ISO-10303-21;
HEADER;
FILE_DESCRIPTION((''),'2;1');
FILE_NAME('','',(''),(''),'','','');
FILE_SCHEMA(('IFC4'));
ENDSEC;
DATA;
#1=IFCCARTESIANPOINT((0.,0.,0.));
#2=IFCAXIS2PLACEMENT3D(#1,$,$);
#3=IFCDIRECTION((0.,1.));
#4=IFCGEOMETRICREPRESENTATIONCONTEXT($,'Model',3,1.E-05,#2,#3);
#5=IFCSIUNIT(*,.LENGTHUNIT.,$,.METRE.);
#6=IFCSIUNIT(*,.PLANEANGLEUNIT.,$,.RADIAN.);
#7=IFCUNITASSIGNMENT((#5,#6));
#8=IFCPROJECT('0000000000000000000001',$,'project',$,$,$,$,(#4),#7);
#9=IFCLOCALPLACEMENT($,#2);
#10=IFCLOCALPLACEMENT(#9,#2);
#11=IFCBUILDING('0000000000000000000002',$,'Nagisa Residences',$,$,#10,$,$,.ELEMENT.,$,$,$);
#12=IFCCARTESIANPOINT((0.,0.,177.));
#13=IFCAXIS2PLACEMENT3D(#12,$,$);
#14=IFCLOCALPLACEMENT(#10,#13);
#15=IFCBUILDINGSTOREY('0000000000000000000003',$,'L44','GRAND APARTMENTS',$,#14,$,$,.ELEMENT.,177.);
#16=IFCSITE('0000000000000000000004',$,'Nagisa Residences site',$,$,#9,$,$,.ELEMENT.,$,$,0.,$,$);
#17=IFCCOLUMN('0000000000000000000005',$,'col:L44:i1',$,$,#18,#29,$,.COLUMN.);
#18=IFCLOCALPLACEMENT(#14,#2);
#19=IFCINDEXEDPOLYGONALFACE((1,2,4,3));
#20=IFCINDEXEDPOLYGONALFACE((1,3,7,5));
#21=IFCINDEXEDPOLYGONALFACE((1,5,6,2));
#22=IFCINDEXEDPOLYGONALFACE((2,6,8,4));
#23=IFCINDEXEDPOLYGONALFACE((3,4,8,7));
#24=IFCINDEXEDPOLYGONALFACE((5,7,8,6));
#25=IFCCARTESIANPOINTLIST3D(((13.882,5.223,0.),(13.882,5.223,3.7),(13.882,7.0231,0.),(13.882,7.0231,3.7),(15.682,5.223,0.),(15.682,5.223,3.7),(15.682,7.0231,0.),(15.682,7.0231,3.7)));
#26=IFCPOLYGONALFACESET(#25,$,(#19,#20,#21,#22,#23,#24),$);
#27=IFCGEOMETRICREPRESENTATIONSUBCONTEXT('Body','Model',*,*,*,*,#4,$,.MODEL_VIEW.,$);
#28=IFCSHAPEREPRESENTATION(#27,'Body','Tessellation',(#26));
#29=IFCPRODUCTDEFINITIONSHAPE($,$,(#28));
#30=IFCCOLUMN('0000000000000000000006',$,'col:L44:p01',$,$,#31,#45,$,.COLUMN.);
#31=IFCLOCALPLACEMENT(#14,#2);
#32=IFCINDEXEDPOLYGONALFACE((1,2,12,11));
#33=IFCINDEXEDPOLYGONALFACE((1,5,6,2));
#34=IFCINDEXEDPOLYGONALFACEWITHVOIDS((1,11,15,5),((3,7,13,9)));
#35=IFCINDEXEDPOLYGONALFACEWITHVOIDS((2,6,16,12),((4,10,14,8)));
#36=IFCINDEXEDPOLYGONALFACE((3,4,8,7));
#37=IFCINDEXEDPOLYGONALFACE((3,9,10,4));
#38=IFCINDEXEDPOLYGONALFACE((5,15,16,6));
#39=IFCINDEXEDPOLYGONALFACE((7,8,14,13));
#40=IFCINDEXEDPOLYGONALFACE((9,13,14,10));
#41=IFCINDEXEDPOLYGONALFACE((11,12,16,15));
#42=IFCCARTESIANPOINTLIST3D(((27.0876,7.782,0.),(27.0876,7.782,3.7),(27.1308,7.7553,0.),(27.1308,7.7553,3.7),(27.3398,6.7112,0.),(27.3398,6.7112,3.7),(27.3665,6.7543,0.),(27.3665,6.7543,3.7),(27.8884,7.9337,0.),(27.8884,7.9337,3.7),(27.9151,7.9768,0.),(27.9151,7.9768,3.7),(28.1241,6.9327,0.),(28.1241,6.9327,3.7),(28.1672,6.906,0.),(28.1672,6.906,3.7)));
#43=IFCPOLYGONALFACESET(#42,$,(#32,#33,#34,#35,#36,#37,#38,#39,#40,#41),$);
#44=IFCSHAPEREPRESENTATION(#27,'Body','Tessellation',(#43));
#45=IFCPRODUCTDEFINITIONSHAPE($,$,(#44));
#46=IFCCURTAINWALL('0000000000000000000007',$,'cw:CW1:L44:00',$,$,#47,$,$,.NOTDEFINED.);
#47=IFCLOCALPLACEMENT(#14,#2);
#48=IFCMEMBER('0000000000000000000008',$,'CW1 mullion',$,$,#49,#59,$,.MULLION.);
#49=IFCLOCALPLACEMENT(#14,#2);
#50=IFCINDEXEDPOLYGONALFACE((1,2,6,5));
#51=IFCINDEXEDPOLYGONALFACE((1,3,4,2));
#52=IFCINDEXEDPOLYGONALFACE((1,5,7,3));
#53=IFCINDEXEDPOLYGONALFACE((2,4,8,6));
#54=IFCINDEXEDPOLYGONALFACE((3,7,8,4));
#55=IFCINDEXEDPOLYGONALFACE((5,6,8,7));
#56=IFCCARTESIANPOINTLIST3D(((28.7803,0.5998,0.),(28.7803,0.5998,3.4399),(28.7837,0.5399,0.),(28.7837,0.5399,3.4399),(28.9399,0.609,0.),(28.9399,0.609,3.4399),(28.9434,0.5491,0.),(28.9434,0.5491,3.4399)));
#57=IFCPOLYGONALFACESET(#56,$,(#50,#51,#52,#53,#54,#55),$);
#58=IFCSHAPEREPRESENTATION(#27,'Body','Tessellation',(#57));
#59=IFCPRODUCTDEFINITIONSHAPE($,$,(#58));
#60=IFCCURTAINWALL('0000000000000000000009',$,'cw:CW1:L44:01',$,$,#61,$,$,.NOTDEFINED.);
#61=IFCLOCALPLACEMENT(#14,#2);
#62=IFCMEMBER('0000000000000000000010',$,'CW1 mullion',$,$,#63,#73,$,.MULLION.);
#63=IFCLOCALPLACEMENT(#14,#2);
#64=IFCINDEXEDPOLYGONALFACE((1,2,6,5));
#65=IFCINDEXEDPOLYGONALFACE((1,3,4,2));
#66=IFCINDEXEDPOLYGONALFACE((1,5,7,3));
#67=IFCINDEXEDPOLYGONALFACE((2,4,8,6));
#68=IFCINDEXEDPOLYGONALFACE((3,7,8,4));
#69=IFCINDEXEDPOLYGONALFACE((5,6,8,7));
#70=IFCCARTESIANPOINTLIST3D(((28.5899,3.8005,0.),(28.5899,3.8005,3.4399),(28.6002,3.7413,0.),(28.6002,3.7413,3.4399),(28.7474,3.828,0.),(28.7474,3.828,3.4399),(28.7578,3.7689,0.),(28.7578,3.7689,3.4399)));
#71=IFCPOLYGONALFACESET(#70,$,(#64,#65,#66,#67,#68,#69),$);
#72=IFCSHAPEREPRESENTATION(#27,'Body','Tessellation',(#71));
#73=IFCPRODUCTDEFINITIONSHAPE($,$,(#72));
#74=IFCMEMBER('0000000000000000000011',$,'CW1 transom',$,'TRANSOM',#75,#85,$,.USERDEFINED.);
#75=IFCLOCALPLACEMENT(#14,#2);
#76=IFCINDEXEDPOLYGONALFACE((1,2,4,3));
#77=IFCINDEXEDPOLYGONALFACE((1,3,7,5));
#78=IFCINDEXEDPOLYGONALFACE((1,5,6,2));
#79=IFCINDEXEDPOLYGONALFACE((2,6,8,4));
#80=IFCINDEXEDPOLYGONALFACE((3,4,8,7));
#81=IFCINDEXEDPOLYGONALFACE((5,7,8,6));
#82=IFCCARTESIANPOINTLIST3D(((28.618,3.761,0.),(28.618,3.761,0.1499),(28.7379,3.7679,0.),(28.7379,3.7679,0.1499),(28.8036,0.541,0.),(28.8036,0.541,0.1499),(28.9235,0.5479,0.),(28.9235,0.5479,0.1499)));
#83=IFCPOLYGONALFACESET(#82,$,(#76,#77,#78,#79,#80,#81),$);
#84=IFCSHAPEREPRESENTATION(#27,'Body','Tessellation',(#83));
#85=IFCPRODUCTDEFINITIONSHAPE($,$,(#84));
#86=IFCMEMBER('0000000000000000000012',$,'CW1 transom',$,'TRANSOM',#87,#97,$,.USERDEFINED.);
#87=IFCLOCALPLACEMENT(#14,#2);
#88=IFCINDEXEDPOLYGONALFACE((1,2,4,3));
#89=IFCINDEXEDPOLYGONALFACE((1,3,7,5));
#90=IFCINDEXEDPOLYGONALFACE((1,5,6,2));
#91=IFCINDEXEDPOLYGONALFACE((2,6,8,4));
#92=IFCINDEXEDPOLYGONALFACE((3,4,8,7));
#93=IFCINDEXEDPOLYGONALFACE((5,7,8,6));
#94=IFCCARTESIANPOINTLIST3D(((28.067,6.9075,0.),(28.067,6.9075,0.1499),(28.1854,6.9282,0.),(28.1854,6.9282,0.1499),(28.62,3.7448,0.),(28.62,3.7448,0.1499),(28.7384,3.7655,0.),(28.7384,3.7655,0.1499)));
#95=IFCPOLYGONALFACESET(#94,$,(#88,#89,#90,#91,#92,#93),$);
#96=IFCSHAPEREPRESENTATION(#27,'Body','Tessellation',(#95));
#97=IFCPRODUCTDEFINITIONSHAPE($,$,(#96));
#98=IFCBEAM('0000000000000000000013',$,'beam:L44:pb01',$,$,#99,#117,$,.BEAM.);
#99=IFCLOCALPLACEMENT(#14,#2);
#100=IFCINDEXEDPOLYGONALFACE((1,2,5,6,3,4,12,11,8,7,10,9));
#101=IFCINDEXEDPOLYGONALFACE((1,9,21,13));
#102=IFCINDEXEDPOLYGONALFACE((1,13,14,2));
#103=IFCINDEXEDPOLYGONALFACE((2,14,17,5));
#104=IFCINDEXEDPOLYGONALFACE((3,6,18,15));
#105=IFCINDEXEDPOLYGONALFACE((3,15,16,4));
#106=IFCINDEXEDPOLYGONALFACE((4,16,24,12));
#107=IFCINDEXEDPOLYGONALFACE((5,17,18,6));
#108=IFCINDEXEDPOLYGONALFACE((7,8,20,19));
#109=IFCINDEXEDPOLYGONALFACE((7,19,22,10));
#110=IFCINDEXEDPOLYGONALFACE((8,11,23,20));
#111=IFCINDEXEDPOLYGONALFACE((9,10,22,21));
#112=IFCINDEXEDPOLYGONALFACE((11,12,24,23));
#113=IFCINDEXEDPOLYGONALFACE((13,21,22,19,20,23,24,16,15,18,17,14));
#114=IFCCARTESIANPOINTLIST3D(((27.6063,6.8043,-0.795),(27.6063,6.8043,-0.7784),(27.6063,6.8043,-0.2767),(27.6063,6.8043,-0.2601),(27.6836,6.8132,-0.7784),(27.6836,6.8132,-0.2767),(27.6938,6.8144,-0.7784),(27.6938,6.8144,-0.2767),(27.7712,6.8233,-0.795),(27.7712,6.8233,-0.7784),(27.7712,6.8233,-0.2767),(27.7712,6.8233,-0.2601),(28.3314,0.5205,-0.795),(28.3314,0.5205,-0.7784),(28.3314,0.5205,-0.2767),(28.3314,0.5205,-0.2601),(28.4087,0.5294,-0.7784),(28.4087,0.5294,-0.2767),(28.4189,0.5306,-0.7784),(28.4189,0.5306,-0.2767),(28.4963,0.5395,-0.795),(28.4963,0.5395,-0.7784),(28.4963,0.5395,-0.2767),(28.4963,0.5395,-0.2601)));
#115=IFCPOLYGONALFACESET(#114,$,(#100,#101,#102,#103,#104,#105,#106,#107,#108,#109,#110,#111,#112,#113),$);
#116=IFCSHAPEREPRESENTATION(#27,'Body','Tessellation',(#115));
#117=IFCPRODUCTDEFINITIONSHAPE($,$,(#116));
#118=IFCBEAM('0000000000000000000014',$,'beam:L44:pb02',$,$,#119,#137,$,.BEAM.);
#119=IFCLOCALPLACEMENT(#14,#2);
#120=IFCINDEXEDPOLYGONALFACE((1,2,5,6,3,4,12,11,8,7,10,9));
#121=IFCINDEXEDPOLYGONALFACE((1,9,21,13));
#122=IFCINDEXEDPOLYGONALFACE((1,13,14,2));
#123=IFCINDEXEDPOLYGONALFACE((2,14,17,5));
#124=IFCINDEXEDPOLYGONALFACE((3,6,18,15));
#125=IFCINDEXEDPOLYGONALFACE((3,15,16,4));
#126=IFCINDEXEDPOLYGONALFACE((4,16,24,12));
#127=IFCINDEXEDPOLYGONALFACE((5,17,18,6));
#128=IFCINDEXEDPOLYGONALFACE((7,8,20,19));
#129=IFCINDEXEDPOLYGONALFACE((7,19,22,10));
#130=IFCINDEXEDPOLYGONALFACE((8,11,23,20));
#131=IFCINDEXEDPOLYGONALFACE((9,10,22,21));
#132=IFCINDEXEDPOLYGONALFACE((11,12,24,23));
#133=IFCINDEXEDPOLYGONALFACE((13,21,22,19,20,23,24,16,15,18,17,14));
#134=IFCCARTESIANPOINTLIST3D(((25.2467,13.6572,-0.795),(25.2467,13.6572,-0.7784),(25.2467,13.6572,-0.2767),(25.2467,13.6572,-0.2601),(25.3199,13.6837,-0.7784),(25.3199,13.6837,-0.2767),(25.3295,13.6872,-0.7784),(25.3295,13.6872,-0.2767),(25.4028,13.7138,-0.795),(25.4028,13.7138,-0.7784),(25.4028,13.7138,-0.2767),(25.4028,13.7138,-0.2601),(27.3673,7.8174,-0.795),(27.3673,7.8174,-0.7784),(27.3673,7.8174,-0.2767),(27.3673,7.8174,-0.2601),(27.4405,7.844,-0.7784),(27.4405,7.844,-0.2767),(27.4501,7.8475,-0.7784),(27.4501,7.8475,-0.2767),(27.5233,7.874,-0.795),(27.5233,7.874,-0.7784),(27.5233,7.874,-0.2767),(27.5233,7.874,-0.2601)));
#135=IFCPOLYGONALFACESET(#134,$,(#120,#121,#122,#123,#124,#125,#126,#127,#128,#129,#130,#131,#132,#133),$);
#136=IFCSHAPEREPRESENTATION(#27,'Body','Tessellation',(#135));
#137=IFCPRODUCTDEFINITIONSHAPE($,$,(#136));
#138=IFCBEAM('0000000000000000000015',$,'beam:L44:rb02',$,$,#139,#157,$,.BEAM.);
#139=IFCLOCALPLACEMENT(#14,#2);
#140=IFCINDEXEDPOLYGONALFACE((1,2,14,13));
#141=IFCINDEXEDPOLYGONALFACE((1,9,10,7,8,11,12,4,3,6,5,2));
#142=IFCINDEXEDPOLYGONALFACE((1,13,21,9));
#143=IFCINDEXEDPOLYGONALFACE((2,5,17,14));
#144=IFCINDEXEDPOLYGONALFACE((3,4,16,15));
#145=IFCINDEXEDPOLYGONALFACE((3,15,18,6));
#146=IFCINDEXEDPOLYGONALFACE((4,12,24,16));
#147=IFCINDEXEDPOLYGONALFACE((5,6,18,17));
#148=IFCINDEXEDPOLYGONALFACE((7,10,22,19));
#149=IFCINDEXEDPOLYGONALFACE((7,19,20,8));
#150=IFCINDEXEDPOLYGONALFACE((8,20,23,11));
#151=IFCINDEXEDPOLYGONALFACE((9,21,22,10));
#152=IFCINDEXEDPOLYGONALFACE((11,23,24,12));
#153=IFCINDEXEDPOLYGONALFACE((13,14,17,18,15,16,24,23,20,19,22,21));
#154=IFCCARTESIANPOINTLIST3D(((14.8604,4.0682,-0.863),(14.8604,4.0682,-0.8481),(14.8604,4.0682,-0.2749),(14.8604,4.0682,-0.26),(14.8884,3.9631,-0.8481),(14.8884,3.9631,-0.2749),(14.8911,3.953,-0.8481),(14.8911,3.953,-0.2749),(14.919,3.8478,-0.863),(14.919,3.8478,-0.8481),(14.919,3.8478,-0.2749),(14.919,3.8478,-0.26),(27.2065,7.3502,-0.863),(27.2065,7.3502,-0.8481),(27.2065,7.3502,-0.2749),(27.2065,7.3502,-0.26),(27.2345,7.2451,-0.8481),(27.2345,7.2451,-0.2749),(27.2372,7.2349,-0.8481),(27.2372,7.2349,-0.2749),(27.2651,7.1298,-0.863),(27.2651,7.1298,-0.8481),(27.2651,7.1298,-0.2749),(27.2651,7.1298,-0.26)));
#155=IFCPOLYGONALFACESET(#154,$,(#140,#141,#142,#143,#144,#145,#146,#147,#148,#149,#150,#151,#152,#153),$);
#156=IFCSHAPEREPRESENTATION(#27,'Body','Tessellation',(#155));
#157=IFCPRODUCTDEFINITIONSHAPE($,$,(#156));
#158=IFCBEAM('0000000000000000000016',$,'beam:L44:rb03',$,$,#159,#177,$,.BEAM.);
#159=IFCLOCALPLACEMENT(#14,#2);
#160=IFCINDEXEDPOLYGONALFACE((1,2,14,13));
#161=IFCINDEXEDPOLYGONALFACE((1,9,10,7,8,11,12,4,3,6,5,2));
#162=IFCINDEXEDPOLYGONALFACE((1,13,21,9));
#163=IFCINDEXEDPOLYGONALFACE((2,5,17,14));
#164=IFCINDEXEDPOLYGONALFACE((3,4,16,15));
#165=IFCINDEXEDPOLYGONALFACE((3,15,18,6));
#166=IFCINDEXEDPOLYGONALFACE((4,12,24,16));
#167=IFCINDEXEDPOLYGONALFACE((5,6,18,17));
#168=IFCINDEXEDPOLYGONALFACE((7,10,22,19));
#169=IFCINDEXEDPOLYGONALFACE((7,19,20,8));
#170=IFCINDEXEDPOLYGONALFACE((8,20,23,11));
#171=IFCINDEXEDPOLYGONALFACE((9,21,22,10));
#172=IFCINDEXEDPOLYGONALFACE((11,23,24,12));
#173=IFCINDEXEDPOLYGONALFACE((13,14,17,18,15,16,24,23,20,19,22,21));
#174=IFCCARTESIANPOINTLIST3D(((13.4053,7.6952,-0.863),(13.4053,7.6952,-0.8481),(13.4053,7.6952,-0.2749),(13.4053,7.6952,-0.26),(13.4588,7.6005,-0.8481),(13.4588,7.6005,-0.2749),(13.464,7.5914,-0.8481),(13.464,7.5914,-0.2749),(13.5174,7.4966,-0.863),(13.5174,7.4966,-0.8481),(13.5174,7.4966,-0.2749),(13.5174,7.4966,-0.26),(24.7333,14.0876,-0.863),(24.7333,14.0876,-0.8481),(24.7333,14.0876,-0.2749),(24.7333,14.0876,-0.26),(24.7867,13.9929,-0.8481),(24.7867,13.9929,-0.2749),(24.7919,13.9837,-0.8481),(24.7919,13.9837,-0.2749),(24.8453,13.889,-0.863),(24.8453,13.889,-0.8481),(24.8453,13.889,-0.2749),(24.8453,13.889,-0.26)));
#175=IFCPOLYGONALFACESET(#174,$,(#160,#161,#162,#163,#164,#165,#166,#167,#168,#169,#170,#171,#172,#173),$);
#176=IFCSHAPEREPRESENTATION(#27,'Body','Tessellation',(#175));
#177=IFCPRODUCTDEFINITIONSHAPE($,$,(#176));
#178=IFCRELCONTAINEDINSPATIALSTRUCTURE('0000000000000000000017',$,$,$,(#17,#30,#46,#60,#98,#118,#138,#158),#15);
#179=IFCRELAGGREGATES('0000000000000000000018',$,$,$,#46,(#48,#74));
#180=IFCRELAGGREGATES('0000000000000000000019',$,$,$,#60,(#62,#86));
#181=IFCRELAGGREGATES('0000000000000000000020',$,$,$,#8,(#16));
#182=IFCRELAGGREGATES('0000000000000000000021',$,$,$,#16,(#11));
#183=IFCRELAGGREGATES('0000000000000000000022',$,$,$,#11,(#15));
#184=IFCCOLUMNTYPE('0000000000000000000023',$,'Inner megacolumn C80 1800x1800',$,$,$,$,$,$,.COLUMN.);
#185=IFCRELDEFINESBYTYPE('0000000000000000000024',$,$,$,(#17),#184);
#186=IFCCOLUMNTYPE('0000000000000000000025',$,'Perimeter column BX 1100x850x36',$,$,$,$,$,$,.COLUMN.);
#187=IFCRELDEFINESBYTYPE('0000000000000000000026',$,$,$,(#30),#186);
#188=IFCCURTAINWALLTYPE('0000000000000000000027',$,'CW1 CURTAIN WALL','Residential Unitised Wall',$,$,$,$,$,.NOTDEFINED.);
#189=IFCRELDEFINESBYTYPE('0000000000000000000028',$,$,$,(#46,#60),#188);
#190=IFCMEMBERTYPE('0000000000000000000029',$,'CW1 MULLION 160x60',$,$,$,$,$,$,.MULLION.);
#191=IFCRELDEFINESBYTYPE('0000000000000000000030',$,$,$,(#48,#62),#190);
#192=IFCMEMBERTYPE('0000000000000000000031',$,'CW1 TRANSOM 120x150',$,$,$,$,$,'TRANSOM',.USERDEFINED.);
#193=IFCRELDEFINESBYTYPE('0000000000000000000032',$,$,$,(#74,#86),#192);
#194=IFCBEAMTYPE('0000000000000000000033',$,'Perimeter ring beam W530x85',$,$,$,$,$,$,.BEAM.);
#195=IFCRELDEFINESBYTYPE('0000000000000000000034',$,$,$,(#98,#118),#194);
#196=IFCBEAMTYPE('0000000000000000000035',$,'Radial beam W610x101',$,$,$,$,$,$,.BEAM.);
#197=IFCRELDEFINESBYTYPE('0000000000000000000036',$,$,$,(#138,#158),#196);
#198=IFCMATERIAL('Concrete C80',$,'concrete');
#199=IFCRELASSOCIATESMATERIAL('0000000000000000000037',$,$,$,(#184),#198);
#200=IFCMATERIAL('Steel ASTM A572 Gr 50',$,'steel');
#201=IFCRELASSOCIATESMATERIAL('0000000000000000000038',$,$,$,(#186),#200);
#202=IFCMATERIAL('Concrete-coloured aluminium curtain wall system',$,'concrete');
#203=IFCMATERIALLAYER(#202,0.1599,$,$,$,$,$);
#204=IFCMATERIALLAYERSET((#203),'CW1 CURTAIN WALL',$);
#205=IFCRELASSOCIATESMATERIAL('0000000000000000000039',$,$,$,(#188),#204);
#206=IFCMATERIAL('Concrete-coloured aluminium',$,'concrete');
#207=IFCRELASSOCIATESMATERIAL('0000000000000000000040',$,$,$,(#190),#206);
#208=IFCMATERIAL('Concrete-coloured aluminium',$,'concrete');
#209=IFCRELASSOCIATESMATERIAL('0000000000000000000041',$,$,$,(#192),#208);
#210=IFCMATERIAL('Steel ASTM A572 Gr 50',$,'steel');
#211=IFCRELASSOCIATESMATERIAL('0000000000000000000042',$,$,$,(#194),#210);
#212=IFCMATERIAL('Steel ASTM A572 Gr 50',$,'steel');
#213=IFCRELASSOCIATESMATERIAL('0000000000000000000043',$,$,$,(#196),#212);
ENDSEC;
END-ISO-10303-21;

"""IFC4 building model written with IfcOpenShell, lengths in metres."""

from ifc_helpers import new_model, si_unit, direction, frame, origin, origin_2d, place, context, subcontext, project, spatial, rectangle, hollow_rectangle, i_section, extrude, material, layer, layer_set, material_profile, profile_set, type_object, element, aggregate, save


model = new_model("IFC4")

# Units and contexts
model_context = context("Model", 3, precision=1e-05, world=origin(), true_north=direction((0.0, 1.0)))
body_context = subcontext(model_context, "Body", "Model", "MODEL_VIEW")
ifc_project = project(units=[si_unit("LENGTHUNIT", "METRE"), si_unit("PLANEANGLEUNIT", "RADIAN")], contexts=[model_context])

# Site, building, storey
site_placement = place(None, origin())
site = spatial("IfcSite", under=ifc_project, at=site_placement, Name="Nagisa Residences site", CompositionType="ELEMENT", RefElevation=0.0)
building_placement = place(site_placement, origin())
building = spatial("IfcBuilding", under=site, at=building_placement, Name="Nagisa Residences", CompositionType="ELEMENT")
storey_placement = place(building_placement, frame((0.0, 0.0, 177.0)))
storey = spatial("IfcBuildingStorey", under=building, at=storey_placement, Name="L44", Description="GRAND APARTMENTS", CompositionType="ELEMENT", Elevation=177.0)

# Columns
ifc_material_1 = material(Name="Concrete C80", Category="concrete")
ifc_material_profile_1 = material_profile(ifc_material_1, rectangle(XDim=1.8, YDim=1.8, at=origin_2d()), Name="C80 1800x1800")
ifc_profile_set_1 = profile_set([ifc_material_profile_1], Name="Concrete C80")
column_type_1 = type_object("IfcColumnType", Name="Inner megacolumn C80 1800x1800", PredefinedType="COLUMN", material=ifc_profile_set_1)
column_1_placement = place(storey_placement, frame((14.782, 6.123, 0.0), z_axis=(0.0, 0.0, 1.0), x_axis=(1.0, 0.0, 0.0)))
element("IfcColumn", 1, at=column_1_placement, inside=storey, type_object=column_type_1, Name="col:L44:i1", PredefinedType="COLUMN", context=body_context, shape_type="SweptSolid", body=[
    extrude(rectangle(XDim=1.8, YDim=1.8, at=origin_2d()), origin(), (0.0, 0.0, 1.0), 3.7),
])
ifc_material_2 = material(Name="Steel ASTM A572 Gr 50", Category="steel")
ifc_material_profile_2 = material_profile(ifc_material_2, hollow_rectangle(XDim=1.1001, YDim=0.8501, WallThickness=0.0359, at=origin_2d()), Name="BX 1100x850x36")
ifc_profile_set_2 = profile_set([ifc_material_profile_2], Name="Steel ASTM A572 Gr 50")
column_type_2 = type_object("IfcColumnType", Name="Perimeter column BX 1100x850x36", PredefinedType="COLUMN", material=ifc_profile_set_2)
column_2_placement = place(storey_placement, frame((27.6274, 7.344, 0.0), z_axis=(0.0, 0.0, 1.0), x_axis=(-0.229202, 0.973379, 0.0)))
element("IfcColumn", 2, at=column_2_placement, inside=storey, type_object=column_type_2, Name="col:L44:p01", PredefinedType="COLUMN", context=body_context, shape_type="SweptSolid", body=[
    extrude(hollow_rectangle(XDim=1.1001, YDim=0.8501, WallThickness=0.0359, at=origin_2d()), origin(), (0.0, 0.0, 1.0), 3.7),
])

# Curtain walls, members
ifc_material_3 = material(Name="Concrete-coloured aluminium curtain wall system", Category="concrete")
ifc_layer_1 = layer(ifc_material_3, 0.1599)
ifc_layer_set_1 = layer_set([ifc_layer_1], Name="CW1 CURTAIN WALL")
curtain_wall_type = type_object("IfcCurtainWallType", Name="CW1 CURTAIN WALL", Description="Residential Unitised Wall", PredefinedType="NOTDEFINED", material=ifc_layer_set_1)
curtain_wall_1_placement = place(storey_placement, origin())
curtain_wall_1 = element("IfcCurtainWall", 3, at=curtain_wall_1_placement, inside=storey, type_object=curtain_wall_type, Name="cw:CW1:L44:00", PredefinedType="NOTDEFINED")
ifc_material_4 = material(Name="Concrete-coloured aluminium", Category="concrete")
ifc_material_profile_3 = material_profile(ifc_material_4, rectangle(XDim=0.1599, YDim=0.0601, at=origin_2d()), Name="CW1 MULLION 160x60")
ifc_profile_set_3 = profile_set([ifc_material_profile_3], Name="Concrete-coloured aluminium")
member_type_1 = type_object("IfcMemberType", Name="CW1 MULLION 160x60", PredefinedType="MULLION", material=ifc_profile_set_3)
member_1_placement = place(storey_placement, frame((28.8618, 0.5745, 0.0), z_axis=(0.0, 0.0, 1.0), x_axis=(-0.998345, -0.057503, 0.0)))
member_1 = element("IfcMember", 4, at=member_1_placement, type_object=member_type_1, Name="CW1 mullion", PredefinedType="MULLION", context=body_context, shape_type="SweptSolid", body=[
    extrude(rectangle(XDim=0.1599, YDim=0.0601, at=origin_2d()), origin(), (0.0, 0.0, 1.0), 3.4399),
])
curtain_wall_2_placement = place(storey_placement, origin())
curtain_wall_2 = element("IfcCurtainWall", 5, at=curtain_wall_2_placement, inside=storey, type_object=curtain_wall_type, Name="cw:CW1:L44:01", PredefinedType="NOTDEFINED")
member_2_placement = place(storey_placement, frame((28.6738, 3.7847, 0.0), z_axis=(0.0, 0.0, 1.0), x_axis=(-0.985064, -0.172191, 0.0)))
member_2 = element("IfcMember", 6, at=member_2_placement, type_object=member_type_1, Name="CW1 mullion", PredefinedType="MULLION", context=body_context, shape_type="SweptSolid", body=[
    extrude(rectangle(XDim=0.1599, YDim=0.0601, at=origin_2d()), origin(), (0.0, 0.0, 1.0), 3.4399),
])

# Members
ifc_material_5 = material(Name="Concrete-coloured aluminium", Category="concrete")
ifc_material_profile_4 = material_profile(ifc_material_5, rectangle(XDim=0.1201, YDim=0.1499, at=origin_2d()), Name="CW1 TRANSOM 120x150")
ifc_profile_set_4 = profile_set([ifc_material_profile_4], Name="Concrete-coloured aluminium")
member_type_2 = type_object("IfcMemberType", Name="CW1 TRANSOM 120x150", ElementType="TRANSOM", PredefinedType="USERDEFINED", material=ifc_profile_set_4)
member_3_placement = place(storey_placement, frame((28.8635, 0.5444, 0.075), z_axis=(-0.057528, 0.998344, 0.0), x_axis=(-0.998344, -0.057528, 0.0)))
member_3 = element("IfcMember", 7, at=member_3_placement, type_object=member_type_2, Name="CW1 transom", ObjectType="TRANSOM", PredefinedType="USERDEFINED", context=body_context, shape_type="SweptSolid", body=[
    extrude(rectangle(XDim=0.1201, YDim=0.1499, at=origin_2d()), origin(), (0.0, 0.0, 1.0), 3.2253),
])
member_4_placement = place(storey_placement, frame((28.6792, 3.7551, 0.075), z_axis=(-0.172236, 0.985056, 0.0), x_axis=(-0.985056, -0.172236, 0.0)))
member_4 = element("IfcMember", 8, at=member_4_placement, type_object=member_type_2, Name="CW1 transom", ObjectType="TRANSOM", PredefinedType="USERDEFINED", context=body_context, shape_type="SweptSolid", body=[
    extrude(rectangle(XDim=0.1201, YDim=0.1499, at=origin_2d()), origin(), (0.0, 0.0, 1.0), 3.2107),
])

# Beams
ifc_material_6 = material(Name="Steel ASTM A572 Gr 50", Category="steel")
ifc_material_profile_5 = material_profile(ifc_material_6, i_section(OverallWidth=0.166, OverallDepth=0.5349, WebThickness=0.0103, FlangeThickness=0.0166, at=origin_2d()), Name="W530x85")
ifc_profile_set_5 = profile_set([ifc_material_profile_5], Name="Steel ASTM A572 Gr 50")
beam_type_1 = type_object("IfcBeamType", Name="Perimeter ring beam W530x85", PredefinedType="BEAM", material=ifc_profile_set_5)
beam_1_placement = place(storey_placement, frame((28.4138, 0.53, -0.5276), z_axis=(-0.114633, 0.993408, 0.0), x_axis=(-0.993408, -0.114633, 0.0)))
element("IfcBeam", 9, at=beam_1_placement, inside=storey, type_object=beam_type_1, Name="beam:L44:pb01", PredefinedType="BEAM", context=body_context, shape_type="SweptSolid", body=[
    extrude(i_section(OverallWidth=0.166, OverallDepth=0.5349, WebThickness=0.0103, FlangeThickness=0.0166, at=origin_2d()), origin(), (0.0, 0.0, 1.0), 6.3254),
])
beam_2_placement = place(storey_placement, frame((27.4453, 7.8457, -0.5276), z_axis=(-0.34132, 0.939947, 0.0), x_axis=(-0.939947, -0.34132, 0.0)))
element("IfcBeam", 10, at=beam_2_placement, inside=storey, type_object=beam_type_1, Name="beam:L44:pb02", PredefinedType="BEAM", context=body_context, shape_type="SweptSolid", body=[
    extrude(i_section(OverallWidth=0.166, OverallDepth=0.5349, WebThickness=0.0103, FlangeThickness=0.0166, at=origin_2d()), origin(), (0.0, 0.0, 1.0), 6.2129),
])
ifc_material_7 = material(Name="Steel ASTM A572 Gr 50", Category="steel")
ifc_material_profile_6 = material_profile(ifc_material_7, i_section(OverallWidth=0.228, OverallDepth=0.603, WebThickness=0.0105, FlangeThickness=0.0149, at=origin_2d()), Name="W610x101")
ifc_profile_set_6 = profile_set([ifc_material_profile_6], Name="Steel ASTM A572 Gr 50")
beam_type_2 = type_object("IfcBeamType", Name="Radial beam W610x101", PredefinedType="BEAM", material=ifc_profile_set_6)
beam_3_placement = place(storey_placement, frame((27.2358, 7.24, -0.5615), z_axis=(-0.966436, -0.256907, 0.0), x_axis=(0.256907, -0.966436, 0.0)))
element("IfcBeam", 11, at=beam_3_placement, inside=storey, type_object=beam_type_2, Name="beam:L44:rb02", PredefinedType="BEAM", context=body_context, shape_type="SweptSolid", body=[
    extrude(i_section(OverallWidth=0.228, OverallDepth=0.603, WebThickness=0.0105, FlangeThickness=0.0149, at=origin_2d()), origin(), (0.0, 0.0, 1.0), 12.7749),
])
beam_4_placement = place(storey_placement, frame((24.7893, 13.9883, -0.5615), z_axis=(-0.870905, -0.491452, 0.0), x_axis=(0.491452, -0.870905, 0.0)))
element("IfcBeam", 12, at=beam_4_placement, inside=storey, type_object=beam_type_2, Name="beam:L44:rb03", PredefinedType="BEAM", context=body_context, shape_type="SweptSolid", body=[
    extrude(i_section(OverallWidth=0.228, OverallDepth=0.603, WebThickness=0.0105, FlangeThickness=0.0149, at=origin_2d()), origin(), (0.0, 0.0, 1.0), 13.0071),
])

aggregate(curtain_wall_1, [member_1, member_3])
aggregate(curtain_wall_2, [member_2, member_4])

save(model, "model.ifc")
